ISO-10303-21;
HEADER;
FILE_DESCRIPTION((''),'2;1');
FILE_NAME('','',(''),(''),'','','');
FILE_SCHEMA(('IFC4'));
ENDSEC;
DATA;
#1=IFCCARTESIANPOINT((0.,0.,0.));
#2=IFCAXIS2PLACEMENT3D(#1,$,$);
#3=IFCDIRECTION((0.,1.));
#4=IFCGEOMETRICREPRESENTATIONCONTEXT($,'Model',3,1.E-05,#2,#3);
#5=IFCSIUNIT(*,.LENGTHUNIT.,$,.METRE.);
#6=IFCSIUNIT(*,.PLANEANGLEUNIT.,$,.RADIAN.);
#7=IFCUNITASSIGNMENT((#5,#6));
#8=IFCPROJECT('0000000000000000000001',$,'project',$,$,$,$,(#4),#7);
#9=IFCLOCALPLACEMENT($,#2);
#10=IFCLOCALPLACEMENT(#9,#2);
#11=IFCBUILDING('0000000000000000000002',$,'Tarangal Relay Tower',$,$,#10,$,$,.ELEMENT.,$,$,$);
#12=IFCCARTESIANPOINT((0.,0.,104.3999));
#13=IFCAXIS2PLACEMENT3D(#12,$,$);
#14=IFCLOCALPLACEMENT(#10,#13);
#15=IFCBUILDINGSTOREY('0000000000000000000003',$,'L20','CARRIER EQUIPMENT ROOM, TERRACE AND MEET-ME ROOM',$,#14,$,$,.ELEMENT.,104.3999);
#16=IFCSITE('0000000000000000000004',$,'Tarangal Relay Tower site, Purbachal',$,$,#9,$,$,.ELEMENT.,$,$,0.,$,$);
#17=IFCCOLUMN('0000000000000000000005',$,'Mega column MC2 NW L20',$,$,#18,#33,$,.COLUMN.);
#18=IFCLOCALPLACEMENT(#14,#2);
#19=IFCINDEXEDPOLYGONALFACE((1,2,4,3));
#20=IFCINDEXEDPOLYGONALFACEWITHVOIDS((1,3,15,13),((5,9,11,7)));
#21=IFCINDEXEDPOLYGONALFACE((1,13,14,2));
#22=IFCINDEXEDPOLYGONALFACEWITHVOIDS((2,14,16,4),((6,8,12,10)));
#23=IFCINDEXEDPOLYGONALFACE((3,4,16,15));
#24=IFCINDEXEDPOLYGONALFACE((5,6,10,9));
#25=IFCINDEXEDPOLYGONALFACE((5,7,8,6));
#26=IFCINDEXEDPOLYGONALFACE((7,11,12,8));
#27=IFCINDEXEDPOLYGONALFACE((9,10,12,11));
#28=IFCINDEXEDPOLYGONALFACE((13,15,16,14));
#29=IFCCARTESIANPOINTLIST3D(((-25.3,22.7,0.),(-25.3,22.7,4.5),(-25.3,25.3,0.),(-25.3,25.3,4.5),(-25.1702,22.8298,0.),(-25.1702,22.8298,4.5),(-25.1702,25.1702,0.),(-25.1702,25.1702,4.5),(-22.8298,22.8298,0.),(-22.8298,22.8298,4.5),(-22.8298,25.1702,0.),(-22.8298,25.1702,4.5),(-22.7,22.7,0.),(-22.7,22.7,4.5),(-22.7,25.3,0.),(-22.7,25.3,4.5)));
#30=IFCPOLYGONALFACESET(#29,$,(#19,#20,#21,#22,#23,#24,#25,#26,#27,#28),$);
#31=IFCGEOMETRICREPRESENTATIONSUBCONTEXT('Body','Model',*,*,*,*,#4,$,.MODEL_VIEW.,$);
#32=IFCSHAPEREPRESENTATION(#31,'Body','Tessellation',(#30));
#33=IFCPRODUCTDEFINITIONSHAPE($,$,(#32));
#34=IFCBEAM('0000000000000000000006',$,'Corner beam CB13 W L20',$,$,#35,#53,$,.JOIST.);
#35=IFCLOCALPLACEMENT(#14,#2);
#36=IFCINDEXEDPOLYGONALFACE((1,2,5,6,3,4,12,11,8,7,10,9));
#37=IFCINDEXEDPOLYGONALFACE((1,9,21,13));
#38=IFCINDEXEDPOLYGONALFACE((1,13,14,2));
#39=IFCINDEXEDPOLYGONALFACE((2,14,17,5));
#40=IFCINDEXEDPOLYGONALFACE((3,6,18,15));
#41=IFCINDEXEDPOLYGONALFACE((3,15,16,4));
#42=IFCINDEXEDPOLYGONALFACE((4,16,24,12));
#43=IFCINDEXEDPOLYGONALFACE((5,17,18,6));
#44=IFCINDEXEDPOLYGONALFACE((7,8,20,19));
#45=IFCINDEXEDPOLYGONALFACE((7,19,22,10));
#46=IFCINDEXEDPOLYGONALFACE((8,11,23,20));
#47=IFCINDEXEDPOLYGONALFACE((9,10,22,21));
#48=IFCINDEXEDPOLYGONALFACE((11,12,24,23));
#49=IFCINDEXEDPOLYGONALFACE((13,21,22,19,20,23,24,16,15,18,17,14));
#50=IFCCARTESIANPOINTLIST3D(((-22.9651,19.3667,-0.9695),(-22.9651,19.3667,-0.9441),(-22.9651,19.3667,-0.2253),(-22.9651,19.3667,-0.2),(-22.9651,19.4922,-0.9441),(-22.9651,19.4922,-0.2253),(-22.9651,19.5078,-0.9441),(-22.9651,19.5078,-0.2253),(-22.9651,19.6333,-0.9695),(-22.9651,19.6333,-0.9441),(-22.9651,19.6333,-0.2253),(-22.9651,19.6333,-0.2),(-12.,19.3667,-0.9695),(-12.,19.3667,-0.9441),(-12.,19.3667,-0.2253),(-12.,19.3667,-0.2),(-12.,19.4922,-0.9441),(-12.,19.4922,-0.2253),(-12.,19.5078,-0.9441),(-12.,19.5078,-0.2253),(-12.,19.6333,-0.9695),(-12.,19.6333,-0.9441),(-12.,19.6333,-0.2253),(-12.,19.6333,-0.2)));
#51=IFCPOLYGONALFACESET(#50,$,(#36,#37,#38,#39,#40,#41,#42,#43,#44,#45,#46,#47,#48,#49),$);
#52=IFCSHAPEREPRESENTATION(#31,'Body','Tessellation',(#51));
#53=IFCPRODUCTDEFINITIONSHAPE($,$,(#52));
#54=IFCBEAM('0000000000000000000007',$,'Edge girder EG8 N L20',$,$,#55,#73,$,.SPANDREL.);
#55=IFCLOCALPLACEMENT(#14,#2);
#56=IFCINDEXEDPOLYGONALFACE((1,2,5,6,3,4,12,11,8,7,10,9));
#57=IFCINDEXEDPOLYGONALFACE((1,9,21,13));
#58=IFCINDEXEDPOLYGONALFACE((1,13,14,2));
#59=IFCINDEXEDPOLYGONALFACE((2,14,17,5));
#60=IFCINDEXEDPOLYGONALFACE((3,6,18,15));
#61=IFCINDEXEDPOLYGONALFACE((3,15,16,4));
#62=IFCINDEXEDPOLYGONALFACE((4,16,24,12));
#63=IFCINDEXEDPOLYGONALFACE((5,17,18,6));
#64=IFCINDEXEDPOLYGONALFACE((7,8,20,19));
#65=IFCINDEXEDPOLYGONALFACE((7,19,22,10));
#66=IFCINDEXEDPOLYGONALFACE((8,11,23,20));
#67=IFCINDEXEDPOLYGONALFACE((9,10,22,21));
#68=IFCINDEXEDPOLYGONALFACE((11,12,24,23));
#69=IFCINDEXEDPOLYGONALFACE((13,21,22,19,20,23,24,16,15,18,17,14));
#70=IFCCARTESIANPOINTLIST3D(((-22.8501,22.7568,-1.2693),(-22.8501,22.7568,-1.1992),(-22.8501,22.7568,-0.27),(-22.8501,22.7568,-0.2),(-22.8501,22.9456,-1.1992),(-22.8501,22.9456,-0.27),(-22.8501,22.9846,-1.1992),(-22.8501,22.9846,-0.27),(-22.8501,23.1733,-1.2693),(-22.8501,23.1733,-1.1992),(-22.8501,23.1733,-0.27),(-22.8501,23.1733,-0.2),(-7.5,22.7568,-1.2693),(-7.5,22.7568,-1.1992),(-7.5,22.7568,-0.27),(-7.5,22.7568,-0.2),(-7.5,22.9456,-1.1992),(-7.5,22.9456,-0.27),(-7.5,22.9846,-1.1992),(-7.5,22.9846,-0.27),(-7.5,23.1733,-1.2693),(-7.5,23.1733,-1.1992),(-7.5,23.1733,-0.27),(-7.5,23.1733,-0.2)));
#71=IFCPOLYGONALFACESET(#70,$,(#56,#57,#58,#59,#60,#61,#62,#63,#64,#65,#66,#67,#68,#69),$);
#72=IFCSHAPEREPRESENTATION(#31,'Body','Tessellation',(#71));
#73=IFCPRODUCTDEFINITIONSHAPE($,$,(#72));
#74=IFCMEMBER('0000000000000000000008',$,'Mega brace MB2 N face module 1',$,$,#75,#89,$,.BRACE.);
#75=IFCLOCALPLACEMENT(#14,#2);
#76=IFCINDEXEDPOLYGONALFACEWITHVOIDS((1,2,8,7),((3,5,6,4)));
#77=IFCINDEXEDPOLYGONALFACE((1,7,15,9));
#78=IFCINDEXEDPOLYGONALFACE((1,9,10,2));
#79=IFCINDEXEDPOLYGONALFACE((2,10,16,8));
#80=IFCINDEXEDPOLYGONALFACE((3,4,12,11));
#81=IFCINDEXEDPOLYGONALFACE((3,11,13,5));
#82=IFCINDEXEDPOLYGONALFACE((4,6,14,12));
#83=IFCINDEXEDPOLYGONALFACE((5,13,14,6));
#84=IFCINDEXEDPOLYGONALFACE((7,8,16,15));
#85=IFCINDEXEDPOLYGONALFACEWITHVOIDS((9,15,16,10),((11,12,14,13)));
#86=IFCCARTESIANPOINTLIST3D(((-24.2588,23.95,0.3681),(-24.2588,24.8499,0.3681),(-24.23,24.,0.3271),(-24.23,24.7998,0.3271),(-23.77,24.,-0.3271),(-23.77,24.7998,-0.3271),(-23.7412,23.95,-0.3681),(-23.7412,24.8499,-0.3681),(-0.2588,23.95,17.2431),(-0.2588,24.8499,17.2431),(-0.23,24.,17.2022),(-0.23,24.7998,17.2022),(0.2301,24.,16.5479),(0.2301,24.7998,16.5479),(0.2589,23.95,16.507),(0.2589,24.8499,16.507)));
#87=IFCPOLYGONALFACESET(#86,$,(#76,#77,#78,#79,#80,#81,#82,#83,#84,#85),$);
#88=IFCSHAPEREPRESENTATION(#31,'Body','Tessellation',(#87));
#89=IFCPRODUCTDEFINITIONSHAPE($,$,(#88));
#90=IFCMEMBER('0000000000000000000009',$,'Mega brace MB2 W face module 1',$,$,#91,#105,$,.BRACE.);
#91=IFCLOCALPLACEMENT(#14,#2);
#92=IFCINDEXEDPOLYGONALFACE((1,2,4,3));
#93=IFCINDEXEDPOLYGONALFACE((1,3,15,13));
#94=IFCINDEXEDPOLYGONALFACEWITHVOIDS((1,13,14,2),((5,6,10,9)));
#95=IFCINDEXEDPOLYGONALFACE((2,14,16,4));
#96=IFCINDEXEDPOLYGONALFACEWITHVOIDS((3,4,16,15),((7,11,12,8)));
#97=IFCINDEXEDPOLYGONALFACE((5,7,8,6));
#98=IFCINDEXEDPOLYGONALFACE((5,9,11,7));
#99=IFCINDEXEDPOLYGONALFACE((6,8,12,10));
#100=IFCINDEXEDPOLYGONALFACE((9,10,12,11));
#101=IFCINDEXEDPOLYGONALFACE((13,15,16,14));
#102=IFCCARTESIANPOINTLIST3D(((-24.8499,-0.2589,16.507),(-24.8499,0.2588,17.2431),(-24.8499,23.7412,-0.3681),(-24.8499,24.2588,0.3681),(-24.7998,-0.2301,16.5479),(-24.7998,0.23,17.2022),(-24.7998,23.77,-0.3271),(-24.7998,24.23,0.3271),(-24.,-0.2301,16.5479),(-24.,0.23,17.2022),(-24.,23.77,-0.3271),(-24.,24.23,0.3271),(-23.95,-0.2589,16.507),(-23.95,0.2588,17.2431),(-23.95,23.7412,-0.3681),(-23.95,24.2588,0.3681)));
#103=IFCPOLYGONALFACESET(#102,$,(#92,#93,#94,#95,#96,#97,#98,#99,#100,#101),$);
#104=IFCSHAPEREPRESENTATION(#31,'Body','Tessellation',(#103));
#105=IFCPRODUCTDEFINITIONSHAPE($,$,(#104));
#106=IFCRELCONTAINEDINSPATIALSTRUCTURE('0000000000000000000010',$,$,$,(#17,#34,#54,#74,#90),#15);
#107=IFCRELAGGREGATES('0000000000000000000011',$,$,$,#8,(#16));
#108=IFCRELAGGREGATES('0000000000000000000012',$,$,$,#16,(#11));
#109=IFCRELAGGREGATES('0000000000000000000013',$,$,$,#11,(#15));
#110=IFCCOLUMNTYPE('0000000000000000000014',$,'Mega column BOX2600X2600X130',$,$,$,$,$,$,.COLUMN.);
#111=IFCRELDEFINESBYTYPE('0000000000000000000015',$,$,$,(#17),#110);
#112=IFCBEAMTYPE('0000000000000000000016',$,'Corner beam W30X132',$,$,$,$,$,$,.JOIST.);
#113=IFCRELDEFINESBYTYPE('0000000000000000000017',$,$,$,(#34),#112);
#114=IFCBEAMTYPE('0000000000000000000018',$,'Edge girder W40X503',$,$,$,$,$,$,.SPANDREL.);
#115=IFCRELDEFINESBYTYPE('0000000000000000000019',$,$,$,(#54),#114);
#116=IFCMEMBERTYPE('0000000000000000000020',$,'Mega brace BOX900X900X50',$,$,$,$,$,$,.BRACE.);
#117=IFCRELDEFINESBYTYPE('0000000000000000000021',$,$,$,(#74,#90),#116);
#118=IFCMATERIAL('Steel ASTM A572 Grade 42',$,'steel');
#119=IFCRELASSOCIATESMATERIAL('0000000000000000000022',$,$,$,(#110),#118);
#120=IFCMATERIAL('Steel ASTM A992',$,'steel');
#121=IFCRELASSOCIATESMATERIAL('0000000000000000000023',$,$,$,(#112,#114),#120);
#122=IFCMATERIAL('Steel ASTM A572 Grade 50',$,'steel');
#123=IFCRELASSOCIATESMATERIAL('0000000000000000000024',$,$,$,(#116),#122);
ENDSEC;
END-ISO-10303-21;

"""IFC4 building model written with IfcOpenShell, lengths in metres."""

from ifc_helpers import new_model, si_unit, direction, frame, origin, origin_2d, place, context, subcontext, project, spatial, hollow_rectangle, i_section, extrude, material, material_profile, profile_set, type_object, element, save


model = new_model("IFC4")

# Units and contexts
model_context = context("Model", 3, precision=1e-05, world=origin(), true_north=direction((0.0, 1.0)))
body_context = subcontext(model_context, "Body", "Model", "MODEL_VIEW")
ifc_project = project(units=[si_unit("LENGTHUNIT", "METRE"), si_unit("PLANEANGLEUNIT", "RADIAN")], contexts=[model_context])

# Site, building, storey
site_placement = place(None, origin())
site = spatial("IfcSite", under=ifc_project, at=site_placement, Name="Tarangal Relay Tower site, Purbachal", CompositionType="ELEMENT", RefElevation=0.0)
building_placement = place(site_placement, origin())
building = spatial("IfcBuilding", under=site, at=building_placement, Name="Tarangal Relay Tower", CompositionType="ELEMENT")
storey_placement = place(building_placement, frame((0.0, 0.0, 104.3999)))
storey = spatial("IfcBuildingStorey", under=building, at=storey_placement, Name="L20", Description="CARRIER EQUIPMENT ROOM, TERRACE AND MEET-ME ROOM", CompositionType="ELEMENT", Elevation=104.3999)

# Column
ifc_material_1 = material(Name="Steel ASTM A572 Grade 42", Category="steel")
ifc_material_profile_1 = material_profile(ifc_material_1, hollow_rectangle(XDim=2.6001, YDim=2.6001, WallThickness=0.1299, at=origin_2d()), Name="BOX2600X2600X130")
ifc_profile_set_1 = profile_set([ifc_material_profile_1], Name="Steel ASTM A572 Grade 42")
column_type = type_object("IfcColumnType", Name="Mega column BOX2600X2600X130", PredefinedType="COLUMN", material=ifc_profile_set_1)
column_placement = place(storey_placement, frame((-24.0, 24.0, 0.0), z_axis=(0.0, 0.0, 1.0), x_axis=(1.0, 0.0, 0.0)))
element("IfcColumn", 1, at=column_placement, inside=storey, type_object=column_type, Name="Mega column MC2 NW L20", PredefinedType="COLUMN", context=body_context, shape_type="SweptSolid", body=[
    extrude(hollow_rectangle(XDim=2.6001, YDim=2.6001, WallThickness=0.1299, at=origin_2d()), origin(), (0.0, 0.0, 1.0), 4.5),
])

# Beams
ifc_material_2 = material(Name="Steel ASTM A992", Category="steel")
ifc_material_profile_2 = material_profile(ifc_material_2, i_section(OverallWidth=0.2666, OverallDepth=0.7695, WebThickness=0.0156, FlangeThickness=0.0254, at=origin_2d()), Name="W30X132")
ifc_profile_set_2 = profile_set([ifc_material_profile_2], Name="Steel ASTM A992")
beam_type_1 = type_object("IfcBeamType", Name="Corner beam W30X132", PredefinedType="JOIST", material=ifc_profile_set_2)
beam_1_placement = place(storey_placement, frame((-12.0, 19.5, -0.5847), z_axis=(-1.0, 0.0, 0.0), x_axis=(0.0, -1.0, 0.0)))
element("IfcBeam", 2, at=beam_1_placement, inside=storey, type_object=beam_type_1, Name="Corner beam CB13 W L20", PredefinedType="JOIST", context=body_context, shape_type="SweptSolid", body=[
    extrude(i_section(OverallWidth=0.2666, OverallDepth=0.7695, WebThickness=0.0156, FlangeThickness=0.0254, at=origin_2d()), origin(), (0.0, 0.0, 1.0), 10.9651),
])
ifc_material_profile_3 = material_profile(ifc_material_2, i_section(OverallWidth=0.4165, OverallDepth=1.0693, WebThickness=0.0391, FlangeThickness=0.0701, at=origin_2d()), Name="W40X503")
ifc_profile_set_3 = profile_set([ifc_material_profile_3], Name="Steel ASTM A992")
beam_type_2 = type_object("IfcBeamType", Name="Edge girder W40X503", PredefinedType="SPANDREL", material=ifc_profile_set_3)
beam_2_placement = place(storey_placement, frame((-22.8501, 22.9651, -0.7346), z_axis=(1.0, 0.0, 0.0), x_axis=(0.0, 1.0, 0.0)))
element("IfcBeam", 3, at=beam_2_placement, inside=storey, type_object=beam_type_2, Name="Edge girder EG8 N L20", PredefinedType="SPANDREL", context=body_context, shape_type="SweptSolid", body=[
    extrude(i_section(OverallWidth=0.4165, OverallDepth=1.0693, WebThickness=0.0391, FlangeThickness=0.0701, at=origin_2d()), origin(), (0.0, 0.0, 1.0), 15.3501),
])

# Members
ifc_material_3 = material(Name="Steel ASTM A572 Grade 50", Category="steel")
ifc_material_profile_4 = material_profile(ifc_material_3, hollow_rectangle(XDim=0.8999, YDim=0.8999, WallThickness=0.05, at=origin_2d()), Name="BOX900X900X50")
ifc_profile_set_4 = profile_set([ifc_material_profile_4], Name="Steel ASTM A572 Grade 50")
member_type = type_object("IfcMemberType", Name="Mega brace BOX900X900X50", PredefinedType="BRACE", material=ifc_profile_set_4)
for number, where, z_axis, x_axis, name in (
    (4, (-24.0, 24.3999, 0.0), (0.818029, 0.0, 0.575177), (0.0, 1.0, 0.0), "Mega brace MB2 N face module 1"),
    (5, (-24.3999, 24.0, 0.0), (0.0, -0.818029, 0.575177), (1.0, 0.0, 0.0), "Mega brace MB2 W face module 1"),
):
    element("IfcMember", number, at=place(storey_placement, frame(where, z_axis=z_axis, x_axis=x_axis)), inside=storey, type_object=member_type, Name=name, PredefinedType="BRACE", context=body_context, shape_type="SweptSolid", body=[
        extrude(hollow_rectangle(XDim=0.8999, YDim=0.8999, WallThickness=0.05, at=origin_2d()), origin(), (0.0, 0.0, 1.0), 29.3389),
    ])

save(model, "model.ifc")
